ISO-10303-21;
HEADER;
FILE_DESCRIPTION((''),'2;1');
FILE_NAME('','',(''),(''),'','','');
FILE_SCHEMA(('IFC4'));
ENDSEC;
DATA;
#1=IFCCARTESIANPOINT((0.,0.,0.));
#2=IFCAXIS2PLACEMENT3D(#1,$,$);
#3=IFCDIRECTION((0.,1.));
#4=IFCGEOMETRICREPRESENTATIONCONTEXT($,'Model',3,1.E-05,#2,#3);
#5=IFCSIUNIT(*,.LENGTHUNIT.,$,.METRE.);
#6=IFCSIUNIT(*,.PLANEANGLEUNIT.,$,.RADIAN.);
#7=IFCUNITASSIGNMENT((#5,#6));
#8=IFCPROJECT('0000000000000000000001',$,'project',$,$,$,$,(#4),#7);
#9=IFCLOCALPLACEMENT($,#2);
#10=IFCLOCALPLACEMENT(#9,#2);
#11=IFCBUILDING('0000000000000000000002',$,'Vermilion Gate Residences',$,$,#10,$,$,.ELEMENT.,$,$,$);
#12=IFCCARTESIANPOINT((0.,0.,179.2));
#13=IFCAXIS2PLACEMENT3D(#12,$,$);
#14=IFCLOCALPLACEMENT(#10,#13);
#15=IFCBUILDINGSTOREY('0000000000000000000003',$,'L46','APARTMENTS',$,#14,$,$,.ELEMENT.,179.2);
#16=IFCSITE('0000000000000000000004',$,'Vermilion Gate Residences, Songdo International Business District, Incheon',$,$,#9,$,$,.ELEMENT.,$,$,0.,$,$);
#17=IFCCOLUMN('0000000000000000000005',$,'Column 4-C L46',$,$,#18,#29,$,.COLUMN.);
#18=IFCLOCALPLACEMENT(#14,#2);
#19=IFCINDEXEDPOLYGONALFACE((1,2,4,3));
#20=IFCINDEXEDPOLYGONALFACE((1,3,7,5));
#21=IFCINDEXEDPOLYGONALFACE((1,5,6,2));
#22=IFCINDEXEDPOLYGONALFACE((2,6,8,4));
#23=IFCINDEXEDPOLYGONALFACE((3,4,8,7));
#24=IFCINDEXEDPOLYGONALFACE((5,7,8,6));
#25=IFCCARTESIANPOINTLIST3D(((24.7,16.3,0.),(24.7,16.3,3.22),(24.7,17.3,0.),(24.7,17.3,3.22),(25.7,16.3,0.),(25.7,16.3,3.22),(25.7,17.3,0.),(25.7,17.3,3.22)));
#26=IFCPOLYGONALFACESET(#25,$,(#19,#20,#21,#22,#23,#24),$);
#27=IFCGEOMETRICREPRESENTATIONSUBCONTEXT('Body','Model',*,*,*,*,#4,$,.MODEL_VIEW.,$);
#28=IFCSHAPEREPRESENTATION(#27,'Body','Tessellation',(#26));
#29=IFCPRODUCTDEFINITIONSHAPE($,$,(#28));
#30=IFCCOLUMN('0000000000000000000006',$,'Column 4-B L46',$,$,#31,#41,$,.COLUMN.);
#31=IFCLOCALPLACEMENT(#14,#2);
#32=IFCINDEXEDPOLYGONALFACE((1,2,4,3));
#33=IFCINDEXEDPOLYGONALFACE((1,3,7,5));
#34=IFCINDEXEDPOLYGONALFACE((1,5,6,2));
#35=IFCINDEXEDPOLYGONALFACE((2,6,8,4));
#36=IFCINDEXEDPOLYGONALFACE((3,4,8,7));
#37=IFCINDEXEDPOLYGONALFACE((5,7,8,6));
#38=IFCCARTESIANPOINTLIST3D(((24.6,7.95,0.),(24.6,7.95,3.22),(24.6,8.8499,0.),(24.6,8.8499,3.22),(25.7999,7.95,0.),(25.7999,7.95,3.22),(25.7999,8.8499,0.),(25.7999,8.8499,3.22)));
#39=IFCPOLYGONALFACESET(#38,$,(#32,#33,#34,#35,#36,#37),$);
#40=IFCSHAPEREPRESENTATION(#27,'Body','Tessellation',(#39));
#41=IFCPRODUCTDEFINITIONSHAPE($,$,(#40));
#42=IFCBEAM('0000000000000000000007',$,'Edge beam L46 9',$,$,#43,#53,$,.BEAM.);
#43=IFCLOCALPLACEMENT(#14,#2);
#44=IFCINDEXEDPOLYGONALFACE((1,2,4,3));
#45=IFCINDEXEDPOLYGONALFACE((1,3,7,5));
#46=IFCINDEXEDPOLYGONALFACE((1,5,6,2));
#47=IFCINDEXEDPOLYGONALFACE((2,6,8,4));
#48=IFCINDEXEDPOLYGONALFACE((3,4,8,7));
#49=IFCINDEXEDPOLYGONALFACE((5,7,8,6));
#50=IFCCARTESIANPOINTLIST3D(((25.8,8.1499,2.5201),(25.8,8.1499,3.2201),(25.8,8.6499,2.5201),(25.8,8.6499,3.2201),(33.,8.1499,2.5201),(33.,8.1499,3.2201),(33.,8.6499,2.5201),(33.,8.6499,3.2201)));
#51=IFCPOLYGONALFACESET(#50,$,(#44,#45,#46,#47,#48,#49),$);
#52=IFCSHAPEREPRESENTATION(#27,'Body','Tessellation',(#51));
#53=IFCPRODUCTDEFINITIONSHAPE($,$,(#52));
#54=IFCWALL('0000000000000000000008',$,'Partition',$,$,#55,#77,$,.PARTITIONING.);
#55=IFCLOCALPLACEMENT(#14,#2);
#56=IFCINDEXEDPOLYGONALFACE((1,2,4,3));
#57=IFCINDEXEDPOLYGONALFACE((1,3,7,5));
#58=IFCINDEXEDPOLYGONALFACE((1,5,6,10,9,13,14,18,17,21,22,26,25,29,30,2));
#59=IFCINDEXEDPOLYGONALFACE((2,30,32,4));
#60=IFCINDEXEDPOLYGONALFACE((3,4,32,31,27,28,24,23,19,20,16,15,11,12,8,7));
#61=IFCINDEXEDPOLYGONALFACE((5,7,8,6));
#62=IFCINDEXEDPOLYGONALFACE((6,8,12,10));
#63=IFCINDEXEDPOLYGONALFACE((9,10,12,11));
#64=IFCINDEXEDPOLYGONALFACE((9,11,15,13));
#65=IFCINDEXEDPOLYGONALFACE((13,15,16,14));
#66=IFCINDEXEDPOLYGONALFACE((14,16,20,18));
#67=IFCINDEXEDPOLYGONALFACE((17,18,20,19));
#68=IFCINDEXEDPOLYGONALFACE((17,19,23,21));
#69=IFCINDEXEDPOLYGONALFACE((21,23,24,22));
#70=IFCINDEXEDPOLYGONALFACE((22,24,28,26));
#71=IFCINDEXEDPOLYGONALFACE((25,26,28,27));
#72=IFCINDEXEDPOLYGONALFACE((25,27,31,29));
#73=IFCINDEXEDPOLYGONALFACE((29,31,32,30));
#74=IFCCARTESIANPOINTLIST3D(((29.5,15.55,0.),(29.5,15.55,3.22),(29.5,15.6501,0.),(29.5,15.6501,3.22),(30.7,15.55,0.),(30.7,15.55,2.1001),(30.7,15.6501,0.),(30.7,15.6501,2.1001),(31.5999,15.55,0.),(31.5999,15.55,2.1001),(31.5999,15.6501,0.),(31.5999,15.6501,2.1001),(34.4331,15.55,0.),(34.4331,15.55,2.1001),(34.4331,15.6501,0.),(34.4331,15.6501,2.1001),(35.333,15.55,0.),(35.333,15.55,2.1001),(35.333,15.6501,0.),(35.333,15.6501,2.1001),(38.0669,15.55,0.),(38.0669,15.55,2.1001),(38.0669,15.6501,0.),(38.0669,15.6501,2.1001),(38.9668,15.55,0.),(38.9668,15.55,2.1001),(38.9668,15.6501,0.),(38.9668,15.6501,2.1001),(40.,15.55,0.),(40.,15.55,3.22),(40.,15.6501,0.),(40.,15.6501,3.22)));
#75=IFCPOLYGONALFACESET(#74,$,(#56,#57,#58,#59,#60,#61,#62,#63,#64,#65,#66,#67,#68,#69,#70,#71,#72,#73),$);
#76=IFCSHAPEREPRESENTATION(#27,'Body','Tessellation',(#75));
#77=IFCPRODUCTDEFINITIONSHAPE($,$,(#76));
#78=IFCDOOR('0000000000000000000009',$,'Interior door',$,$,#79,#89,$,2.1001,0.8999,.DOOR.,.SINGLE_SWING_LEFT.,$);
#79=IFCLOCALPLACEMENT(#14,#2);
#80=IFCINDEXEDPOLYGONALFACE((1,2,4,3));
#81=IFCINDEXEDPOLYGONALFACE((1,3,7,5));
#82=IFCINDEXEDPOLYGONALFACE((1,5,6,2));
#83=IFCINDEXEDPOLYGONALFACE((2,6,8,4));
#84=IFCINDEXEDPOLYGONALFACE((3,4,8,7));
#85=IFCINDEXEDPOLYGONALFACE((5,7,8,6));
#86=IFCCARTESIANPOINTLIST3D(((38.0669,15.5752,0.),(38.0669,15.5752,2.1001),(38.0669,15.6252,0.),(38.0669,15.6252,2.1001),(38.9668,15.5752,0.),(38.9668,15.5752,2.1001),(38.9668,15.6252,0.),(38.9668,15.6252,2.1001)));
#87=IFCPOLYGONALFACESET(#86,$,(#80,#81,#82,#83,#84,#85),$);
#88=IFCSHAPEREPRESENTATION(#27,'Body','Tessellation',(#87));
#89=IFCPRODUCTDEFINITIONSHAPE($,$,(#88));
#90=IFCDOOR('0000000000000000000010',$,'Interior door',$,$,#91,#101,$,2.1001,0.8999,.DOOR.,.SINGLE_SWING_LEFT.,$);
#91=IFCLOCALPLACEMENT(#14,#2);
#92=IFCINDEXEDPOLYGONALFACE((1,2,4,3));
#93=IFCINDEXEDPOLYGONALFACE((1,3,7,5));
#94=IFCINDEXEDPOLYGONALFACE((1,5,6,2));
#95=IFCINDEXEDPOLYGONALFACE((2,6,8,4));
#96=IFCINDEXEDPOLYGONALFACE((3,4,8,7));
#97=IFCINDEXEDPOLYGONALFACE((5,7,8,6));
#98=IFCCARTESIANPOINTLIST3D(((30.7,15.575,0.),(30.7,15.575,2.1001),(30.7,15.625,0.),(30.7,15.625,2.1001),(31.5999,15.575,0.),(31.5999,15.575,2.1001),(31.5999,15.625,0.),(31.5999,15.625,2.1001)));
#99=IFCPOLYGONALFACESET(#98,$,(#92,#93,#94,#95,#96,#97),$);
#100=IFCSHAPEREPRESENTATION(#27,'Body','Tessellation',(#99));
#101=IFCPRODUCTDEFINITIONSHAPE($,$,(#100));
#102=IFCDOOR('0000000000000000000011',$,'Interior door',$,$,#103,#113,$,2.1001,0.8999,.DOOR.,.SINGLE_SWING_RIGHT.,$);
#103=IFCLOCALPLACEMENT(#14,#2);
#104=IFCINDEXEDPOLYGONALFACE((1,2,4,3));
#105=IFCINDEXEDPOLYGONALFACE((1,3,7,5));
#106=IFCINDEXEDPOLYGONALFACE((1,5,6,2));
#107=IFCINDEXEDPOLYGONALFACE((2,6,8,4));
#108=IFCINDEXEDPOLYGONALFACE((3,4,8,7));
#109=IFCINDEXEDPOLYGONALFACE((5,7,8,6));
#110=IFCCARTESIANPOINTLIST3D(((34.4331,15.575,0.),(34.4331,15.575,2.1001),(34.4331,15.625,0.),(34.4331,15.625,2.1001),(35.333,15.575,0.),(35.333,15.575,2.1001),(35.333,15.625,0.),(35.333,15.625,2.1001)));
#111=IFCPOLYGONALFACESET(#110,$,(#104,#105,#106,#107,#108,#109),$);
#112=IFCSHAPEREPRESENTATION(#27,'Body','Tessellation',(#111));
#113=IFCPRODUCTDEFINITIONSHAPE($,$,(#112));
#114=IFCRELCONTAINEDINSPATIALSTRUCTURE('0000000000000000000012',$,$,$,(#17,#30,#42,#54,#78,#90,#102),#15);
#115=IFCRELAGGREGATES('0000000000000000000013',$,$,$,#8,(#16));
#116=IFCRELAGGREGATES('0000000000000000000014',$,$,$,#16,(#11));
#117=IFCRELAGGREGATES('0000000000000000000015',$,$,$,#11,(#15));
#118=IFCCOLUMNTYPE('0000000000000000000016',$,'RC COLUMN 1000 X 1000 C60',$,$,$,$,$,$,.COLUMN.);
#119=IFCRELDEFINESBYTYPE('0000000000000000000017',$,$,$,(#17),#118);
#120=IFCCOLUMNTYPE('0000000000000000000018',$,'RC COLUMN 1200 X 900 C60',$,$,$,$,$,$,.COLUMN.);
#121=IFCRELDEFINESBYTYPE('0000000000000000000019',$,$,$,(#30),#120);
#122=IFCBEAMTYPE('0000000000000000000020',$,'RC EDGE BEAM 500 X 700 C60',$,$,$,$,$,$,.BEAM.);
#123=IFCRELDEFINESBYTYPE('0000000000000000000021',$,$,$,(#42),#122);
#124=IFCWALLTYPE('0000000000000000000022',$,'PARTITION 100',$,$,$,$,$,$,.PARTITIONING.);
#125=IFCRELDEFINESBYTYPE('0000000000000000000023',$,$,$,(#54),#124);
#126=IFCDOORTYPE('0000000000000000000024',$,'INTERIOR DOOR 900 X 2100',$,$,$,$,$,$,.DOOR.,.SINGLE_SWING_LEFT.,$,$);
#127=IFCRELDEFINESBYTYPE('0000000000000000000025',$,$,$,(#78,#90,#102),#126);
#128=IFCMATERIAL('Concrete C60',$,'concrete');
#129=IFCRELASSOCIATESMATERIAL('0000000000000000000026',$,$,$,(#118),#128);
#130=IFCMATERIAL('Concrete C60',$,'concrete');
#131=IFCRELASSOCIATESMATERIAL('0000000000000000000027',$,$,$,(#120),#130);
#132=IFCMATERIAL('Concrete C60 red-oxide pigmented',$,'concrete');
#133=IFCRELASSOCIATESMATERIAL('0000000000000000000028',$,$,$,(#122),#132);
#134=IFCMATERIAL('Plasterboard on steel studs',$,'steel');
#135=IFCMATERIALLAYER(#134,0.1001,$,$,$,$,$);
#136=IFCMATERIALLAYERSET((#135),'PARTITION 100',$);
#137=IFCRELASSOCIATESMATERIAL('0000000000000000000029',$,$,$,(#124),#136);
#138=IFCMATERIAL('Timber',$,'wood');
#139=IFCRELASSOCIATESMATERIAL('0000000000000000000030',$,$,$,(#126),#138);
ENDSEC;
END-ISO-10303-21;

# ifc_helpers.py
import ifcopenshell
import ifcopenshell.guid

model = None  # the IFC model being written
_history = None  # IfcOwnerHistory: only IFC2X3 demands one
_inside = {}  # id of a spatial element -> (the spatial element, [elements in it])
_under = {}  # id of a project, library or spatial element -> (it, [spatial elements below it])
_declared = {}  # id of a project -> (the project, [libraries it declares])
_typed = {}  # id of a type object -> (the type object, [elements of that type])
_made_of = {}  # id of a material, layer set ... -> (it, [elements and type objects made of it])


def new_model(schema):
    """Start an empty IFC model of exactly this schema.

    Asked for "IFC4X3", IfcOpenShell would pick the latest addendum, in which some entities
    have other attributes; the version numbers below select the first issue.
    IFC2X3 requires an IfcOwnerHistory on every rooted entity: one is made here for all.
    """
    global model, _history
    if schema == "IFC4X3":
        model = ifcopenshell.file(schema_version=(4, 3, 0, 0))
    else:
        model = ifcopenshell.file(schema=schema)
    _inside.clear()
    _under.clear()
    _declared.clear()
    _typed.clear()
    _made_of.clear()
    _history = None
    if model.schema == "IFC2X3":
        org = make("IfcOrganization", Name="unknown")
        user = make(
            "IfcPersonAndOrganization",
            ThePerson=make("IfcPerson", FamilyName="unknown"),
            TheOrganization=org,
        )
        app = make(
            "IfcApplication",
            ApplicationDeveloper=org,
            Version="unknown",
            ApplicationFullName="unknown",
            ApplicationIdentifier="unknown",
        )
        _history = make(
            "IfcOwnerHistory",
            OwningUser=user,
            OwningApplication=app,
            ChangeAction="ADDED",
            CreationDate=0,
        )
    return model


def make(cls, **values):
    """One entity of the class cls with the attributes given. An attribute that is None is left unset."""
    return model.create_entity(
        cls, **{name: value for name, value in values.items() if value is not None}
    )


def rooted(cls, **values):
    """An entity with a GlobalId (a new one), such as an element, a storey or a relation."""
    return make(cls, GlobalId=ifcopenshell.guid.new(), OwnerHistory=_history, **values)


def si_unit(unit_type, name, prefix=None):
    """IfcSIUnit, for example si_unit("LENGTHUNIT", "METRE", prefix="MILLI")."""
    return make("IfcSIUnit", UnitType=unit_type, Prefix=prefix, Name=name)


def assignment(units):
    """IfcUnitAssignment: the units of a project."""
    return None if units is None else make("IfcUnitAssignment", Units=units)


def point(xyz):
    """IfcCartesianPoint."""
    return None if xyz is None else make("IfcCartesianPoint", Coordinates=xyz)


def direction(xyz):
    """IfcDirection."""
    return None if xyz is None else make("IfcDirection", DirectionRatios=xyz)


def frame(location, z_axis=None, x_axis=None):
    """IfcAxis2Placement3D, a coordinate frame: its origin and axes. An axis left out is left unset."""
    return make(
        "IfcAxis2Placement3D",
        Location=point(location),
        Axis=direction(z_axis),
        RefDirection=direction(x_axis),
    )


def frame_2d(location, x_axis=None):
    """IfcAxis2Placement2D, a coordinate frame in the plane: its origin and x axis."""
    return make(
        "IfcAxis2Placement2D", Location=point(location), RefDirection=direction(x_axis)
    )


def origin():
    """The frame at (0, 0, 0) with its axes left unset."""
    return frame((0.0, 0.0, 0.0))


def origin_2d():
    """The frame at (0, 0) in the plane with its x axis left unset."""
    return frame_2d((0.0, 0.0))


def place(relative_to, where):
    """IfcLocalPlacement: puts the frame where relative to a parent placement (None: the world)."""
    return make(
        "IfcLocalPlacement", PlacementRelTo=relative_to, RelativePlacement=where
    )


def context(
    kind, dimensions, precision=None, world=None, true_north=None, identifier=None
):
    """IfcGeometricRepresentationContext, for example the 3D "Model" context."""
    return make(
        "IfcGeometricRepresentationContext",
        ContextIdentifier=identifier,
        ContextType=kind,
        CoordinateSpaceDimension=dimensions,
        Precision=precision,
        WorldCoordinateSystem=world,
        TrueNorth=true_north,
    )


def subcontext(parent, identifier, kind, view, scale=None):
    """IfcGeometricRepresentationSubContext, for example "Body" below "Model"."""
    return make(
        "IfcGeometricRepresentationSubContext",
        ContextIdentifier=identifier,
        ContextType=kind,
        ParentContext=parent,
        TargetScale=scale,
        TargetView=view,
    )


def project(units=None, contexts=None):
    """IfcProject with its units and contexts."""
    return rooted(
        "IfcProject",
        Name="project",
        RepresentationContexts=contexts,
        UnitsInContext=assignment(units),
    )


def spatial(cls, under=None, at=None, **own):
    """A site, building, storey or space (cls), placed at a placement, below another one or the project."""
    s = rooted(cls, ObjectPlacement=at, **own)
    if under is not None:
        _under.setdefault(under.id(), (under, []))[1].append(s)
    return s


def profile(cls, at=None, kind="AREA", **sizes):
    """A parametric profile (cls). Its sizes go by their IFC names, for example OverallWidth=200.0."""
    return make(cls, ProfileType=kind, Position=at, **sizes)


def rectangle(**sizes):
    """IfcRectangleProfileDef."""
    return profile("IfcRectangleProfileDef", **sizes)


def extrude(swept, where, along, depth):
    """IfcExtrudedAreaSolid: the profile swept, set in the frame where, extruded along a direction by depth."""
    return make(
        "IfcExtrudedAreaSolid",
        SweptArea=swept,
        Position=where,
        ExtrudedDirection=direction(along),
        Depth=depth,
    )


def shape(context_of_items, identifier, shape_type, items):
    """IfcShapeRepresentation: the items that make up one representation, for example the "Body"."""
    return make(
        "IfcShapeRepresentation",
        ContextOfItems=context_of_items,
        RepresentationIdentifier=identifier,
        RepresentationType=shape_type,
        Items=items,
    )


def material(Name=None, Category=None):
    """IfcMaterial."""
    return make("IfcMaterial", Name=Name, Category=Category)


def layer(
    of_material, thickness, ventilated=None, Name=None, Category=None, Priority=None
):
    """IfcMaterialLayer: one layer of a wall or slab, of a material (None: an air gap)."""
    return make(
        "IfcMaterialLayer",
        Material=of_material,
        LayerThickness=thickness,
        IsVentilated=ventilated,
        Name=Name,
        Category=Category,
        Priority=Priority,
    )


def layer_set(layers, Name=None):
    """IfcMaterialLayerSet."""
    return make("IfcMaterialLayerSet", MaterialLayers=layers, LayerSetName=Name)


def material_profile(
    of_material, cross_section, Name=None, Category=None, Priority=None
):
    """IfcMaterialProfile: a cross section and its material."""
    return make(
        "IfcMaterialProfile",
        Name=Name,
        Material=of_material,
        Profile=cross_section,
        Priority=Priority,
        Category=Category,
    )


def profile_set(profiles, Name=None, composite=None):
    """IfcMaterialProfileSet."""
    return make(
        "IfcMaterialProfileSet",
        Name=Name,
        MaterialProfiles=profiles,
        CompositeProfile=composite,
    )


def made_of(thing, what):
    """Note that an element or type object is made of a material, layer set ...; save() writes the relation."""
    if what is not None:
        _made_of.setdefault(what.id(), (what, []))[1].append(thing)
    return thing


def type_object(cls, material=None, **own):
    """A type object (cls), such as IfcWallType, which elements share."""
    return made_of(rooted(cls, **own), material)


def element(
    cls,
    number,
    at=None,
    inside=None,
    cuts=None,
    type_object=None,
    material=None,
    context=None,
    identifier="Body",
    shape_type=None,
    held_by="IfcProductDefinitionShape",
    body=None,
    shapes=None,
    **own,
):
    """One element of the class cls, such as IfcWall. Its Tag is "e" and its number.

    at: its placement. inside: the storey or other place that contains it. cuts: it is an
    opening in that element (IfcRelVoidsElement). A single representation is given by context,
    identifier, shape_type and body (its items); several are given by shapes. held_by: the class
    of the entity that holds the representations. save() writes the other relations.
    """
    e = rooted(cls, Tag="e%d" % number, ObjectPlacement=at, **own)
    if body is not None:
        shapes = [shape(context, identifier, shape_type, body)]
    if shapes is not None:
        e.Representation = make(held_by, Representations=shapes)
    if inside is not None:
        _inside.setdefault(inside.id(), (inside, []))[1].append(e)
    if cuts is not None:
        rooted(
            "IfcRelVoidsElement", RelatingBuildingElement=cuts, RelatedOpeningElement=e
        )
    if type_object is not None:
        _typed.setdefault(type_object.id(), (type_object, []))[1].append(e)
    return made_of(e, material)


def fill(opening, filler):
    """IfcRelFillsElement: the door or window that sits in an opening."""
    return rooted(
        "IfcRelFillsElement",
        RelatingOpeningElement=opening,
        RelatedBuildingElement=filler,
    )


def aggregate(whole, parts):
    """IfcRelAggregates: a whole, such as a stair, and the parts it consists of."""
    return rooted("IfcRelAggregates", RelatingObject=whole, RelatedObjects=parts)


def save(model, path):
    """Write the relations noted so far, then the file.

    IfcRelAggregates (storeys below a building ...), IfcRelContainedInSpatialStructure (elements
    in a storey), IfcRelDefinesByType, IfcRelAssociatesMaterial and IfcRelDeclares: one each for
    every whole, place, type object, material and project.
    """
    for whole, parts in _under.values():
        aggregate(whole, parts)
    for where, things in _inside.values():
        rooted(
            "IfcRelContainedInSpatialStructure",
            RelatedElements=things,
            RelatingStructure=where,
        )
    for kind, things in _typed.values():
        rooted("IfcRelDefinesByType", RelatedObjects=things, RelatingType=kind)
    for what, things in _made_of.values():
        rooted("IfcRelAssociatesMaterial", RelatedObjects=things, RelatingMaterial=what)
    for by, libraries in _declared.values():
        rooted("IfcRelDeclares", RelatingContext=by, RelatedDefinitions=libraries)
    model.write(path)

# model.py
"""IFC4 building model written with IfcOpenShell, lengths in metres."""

from ifc_helpers import new_model, si_unit, direction, frame, frame_2d, origin, origin_2d, place, context, subcontext, project, spatial, rectangle, extrude, material, layer, layer_set, material_profile, profile_set, type_object, element, fill, save


model = new_model("IFC4")

# Units and contexts
model_context = context("Model", 3, precision=1e-05, world=origin(), true_north=direction((0.0, 1.0)))
body_context = subcontext(model_context, "Body", "Model", "MODEL_VIEW")
ifc_project = project(units=[si_unit("LENGTHUNIT", "METRE"), si_unit("PLANEANGLEUNIT", "RADIAN")], contexts=[model_context])

# Site, building, storey
site_placement = place(None, origin())
site = spatial("IfcSite", under=ifc_project, at=site_placement, Name="Vermilion Gate Residences, Songdo International Business District, Incheon", CompositionType="ELEMENT", RefElevation=0.0)
building_placement = place(site_placement, origin())
building = spatial("IfcBuilding", under=site, at=building_placement, Name="Vermilion Gate Residences", CompositionType="ELEMENT")
storey_placement = place(building_placement, frame((0.0, 0.0, 179.2)))
storey = spatial("IfcBuildingStorey", under=building, at=storey_placement, Name="L46", Description="APARTMENTS", CompositionType="ELEMENT", Elevation=179.2)

# Columns
ifc_material_1 = material(Name="Concrete C60", Category="concrete")
ifc_material_profile_1 = material_profile(ifc_material_1, rectangle(XDim=1.0, YDim=1.0, at=origin_2d()), Name="RC-1000x1000")
ifc_profile_set_1 = profile_set([ifc_material_profile_1], Name="Concrete C60")
column_type_1 = type_object("IfcColumnType", Name="RC COLUMN 1000 X 1000 C60", PredefinedType="COLUMN", material=ifc_profile_set_1)
column_1_placement = place(storey_placement, frame((25.2, 16.8, 0.0), z_axis=(0.0, 0.0, 1.0), x_axis=(1.0, 0.0, 0.0)))
element("IfcColumn", 1, at=column_1_placement, inside=storey, type_object=column_type_1, Name="Column 4-C L46", PredefinedType="COLUMN", context=body_context, shape_type="SweptSolid", body=[
    extrude(rectangle(XDim=1.0, YDim=1.0, at=origin_2d()), origin(), (0.0, 0.0, 1.0), 3.22),
])
ifc_material_2 = material(Name="Concrete C60", Category="concrete")
ifc_material_profile_2 = material_profile(ifc_material_2, rectangle(XDim=1.2, YDim=0.8999, at=origin_2d()), Name="RC-1200x900")
ifc_profile_set_2 = profile_set([ifc_material_profile_2], Name="Concrete C60")
column_type_2 = type_object("IfcColumnType", Name="RC COLUMN 1200 X 900 C60", PredefinedType="COLUMN", material=ifc_profile_set_2)
column_2_placement = place(storey_placement, frame((25.2, 8.3999, 0.0), z_axis=(0.0, 0.0, 1.0), x_axis=(1.0, 0.0, 0.0)))
element("IfcColumn", 2, at=column_2_placement, inside=storey, type_object=column_type_2, Name="Column 4-B L46", PredefinedType="COLUMN", context=body_context, shape_type="SweptSolid", body=[
    extrude(rectangle(XDim=1.2, YDim=0.8999, at=origin_2d()), origin(), (0.0, 0.0, 1.0), 3.22),
])

# Beam
ifc_material_3 = material(Name="Concrete C60 red-oxide pigmented", Category="concrete")
ifc_material_profile_3 = material_profile(ifc_material_3, rectangle(XDim=0.5, YDim=0.7, at=origin_2d()), Name="RC-500x700")
ifc_profile_set_3 = profile_set([ifc_material_profile_3], Name="Concrete C60 red-oxide pigmented")
beam_type = type_object("IfcBeamType", Name="RC EDGE BEAM 500 X 700 C60", PredefinedType="BEAM", material=ifc_profile_set_3)
beam_placement = place(storey_placement, frame((25.8, 8.3999, 2.8701), z_axis=(1.0, 0.0, 0.0), x_axis=(0.0, 1.0, 0.0)))
element("IfcBeam", 3, at=beam_placement, inside=storey, type_object=beam_type, Name="Edge beam L46 9", PredefinedType="BEAM", context=body_context, shape_type="SweptSolid", body=[
    extrude(rectangle(XDim=0.5, YDim=0.7, at=origin_2d()), origin(), (0.0, 0.0, 1.0), 7.2),
])

# Wall, openings, doors
ifc_material_4 = material(Name="Plasterboard on steel studs", Category="steel")
ifc_layer_1 = layer(ifc_material_4, 0.1001)
ifc_layer_set_1 = layer_set([ifc_layer_1], Name="PARTITION 100")
wall_type_1 = type_object("IfcWallType", Name="PARTITION 100", PredefinedType="PARTITIONING", material=ifc_layer_set_1)
wall_1_placement = place(storey_placement, frame((29.5, 15.6001, 0.0), z_axis=(0.0, 0.0, 1.0), x_axis=(1.0, 0.0, 0.0)))
wall_1 = element("IfcWall", 4, at=wall_1_placement, inside=storey, type_object=wall_type_1, Name="Partition", PredefinedType="PARTITIONING", context=body_context, shape_type="SweptSolid", body=[
    extrude(rectangle(XDim=10.5, YDim=0.1001, at=frame_2d((5.25, 0.0))), origin(), (0.0, 0.0, 1.0), 3.22),
])
opening_1_placement = place(wall_1_placement, frame((8.5669, 0.0, 0.0)))
opening_1 = element("IfcOpeningElement", 5, at=opening_1_placement, cuts=wall_1, PredefinedType="OPENING", context=body_context, shape_type="SweptSolid", body=[
    extrude(rectangle(XDim=0.8999, YDim=2.1001, at=frame_2d((0.45, 1.05))), frame((0.0, 0.0601, 0.0), z_axis=(0.0, -1.0, 0.0), x_axis=(1.0, 0.0, 0.0)), (0.0, 0.0, 1.0), 0.1201),
])
opening_2_placement = place(wall_1_placement, frame((1.2, 0.0, 0.0)))
opening_2 = element("IfcOpeningElement", 6, at=opening_2_placement, cuts=wall_1, PredefinedType="OPENING", context=body_context, shape_type="SweptSolid", body=[
    extrude(rectangle(XDim=0.8999, YDim=2.1001, at=frame_2d((0.45, 1.05))), frame((0.0, 0.0601, 0.0), z_axis=(0.0, -1.0, 0.0), x_axis=(1.0, 0.0, 0.0)), (0.0, 0.0, 1.0), 0.1201),
])
opening_3_placement = place(wall_1_placement, frame((4.9331, 0.0, 0.0)))
opening_3 = element("IfcOpeningElement", 7, at=opening_3_placement, cuts=wall_1, PredefinedType="OPENING", context=body_context, shape_type="SweptSolid", body=[
    extrude(rectangle(XDim=0.8999, YDim=2.1001, at=frame_2d((0.45, 1.05))), frame((0.0, 0.0601, 0.0), z_axis=(0.0, -1.0, 0.0), x_axis=(1.0, 0.0, 0.0)), (0.0, 0.0, 1.0), 0.1201),
])
ifc_material_5 = material(Name="Timber", Category="wood")
door_type = type_object("IfcDoorType", Name="INTERIOR DOOR 900 X 2100", OperationType="SINGLE_SWING_LEFT", PredefinedType="DOOR", material=ifc_material_5)
door_1_placement = place(opening_1_placement, frame((0.8999, 0.0, 0.0), z_axis=(0.0, 0.0, 1.0), x_axis=(-1.0, 0.0, 0.0)))
door_1 = element("IfcDoor", 8, at=door_1_placement, inside=storey, type_object=door_type, Name="Interior door", OperationType="SINGLE_SWING_LEFT", OverallHeight=2.1001, OverallWidth=0.8999, PredefinedType="DOOR", context=body_context, shape_type="SweptSolid", body=[
    extrude(rectangle(XDim=0.8999, YDim=2.1001, at=frame_2d((0.45, 1.05))), frame((0.0, 0.0249, 0.0), z_axis=(0.0, -1.0, 0.0), x_axis=(1.0, 0.0, 0.0)), (0.0, 0.0, 1.0), 0.05),
])
fill(opening_1, door_1)
door_2_placement = place(opening_2_placement, origin())
door_2 = element("IfcDoor", 9, at=door_2_placement, inside=storey, type_object=door_type, Name="Interior door", OperationType="SINGLE_SWING_LEFT", OverallHeight=2.1001, OverallWidth=0.8999, PredefinedType="DOOR", context=body_context, shape_type="SweptSolid", body=[
    extrude(rectangle(XDim=0.8999, YDim=2.1001, at=frame_2d((0.45, 1.05))), frame((0.0, 0.0249, 0.0), z_axis=(0.0, -1.0, 0.0), x_axis=(1.0, 0.0, 0.0)), (0.0, 0.0, 1.0), 0.05),
])
fill(opening_2, door_2)
door_3_placement = place(opening_3_placement, origin())
door_3 = element("IfcDoor", 10, at=door_3_placement, inside=storey, type_object=door_type, Name="Interior door", OperationType="SINGLE_SWING_RIGHT", OverallHeight=2.1001, OverallWidth=0.8999, PredefinedType="DOOR", context=body_context, shape_type="SweptSolid", body=[
    extrude(rectangle(XDim=0.8999, YDim=2.1001, at=frame_2d((0.45, 1.05))), frame((0.0, 0.0249, 0.0), z_axis=(0.0, -1.0, 0.0), x_axis=(1.0, 0.0, 0.0)), (0.0, 0.0, 1.0), 0.05),
])
fill(opening_3, door_3)

save(model, "model.ifc")
